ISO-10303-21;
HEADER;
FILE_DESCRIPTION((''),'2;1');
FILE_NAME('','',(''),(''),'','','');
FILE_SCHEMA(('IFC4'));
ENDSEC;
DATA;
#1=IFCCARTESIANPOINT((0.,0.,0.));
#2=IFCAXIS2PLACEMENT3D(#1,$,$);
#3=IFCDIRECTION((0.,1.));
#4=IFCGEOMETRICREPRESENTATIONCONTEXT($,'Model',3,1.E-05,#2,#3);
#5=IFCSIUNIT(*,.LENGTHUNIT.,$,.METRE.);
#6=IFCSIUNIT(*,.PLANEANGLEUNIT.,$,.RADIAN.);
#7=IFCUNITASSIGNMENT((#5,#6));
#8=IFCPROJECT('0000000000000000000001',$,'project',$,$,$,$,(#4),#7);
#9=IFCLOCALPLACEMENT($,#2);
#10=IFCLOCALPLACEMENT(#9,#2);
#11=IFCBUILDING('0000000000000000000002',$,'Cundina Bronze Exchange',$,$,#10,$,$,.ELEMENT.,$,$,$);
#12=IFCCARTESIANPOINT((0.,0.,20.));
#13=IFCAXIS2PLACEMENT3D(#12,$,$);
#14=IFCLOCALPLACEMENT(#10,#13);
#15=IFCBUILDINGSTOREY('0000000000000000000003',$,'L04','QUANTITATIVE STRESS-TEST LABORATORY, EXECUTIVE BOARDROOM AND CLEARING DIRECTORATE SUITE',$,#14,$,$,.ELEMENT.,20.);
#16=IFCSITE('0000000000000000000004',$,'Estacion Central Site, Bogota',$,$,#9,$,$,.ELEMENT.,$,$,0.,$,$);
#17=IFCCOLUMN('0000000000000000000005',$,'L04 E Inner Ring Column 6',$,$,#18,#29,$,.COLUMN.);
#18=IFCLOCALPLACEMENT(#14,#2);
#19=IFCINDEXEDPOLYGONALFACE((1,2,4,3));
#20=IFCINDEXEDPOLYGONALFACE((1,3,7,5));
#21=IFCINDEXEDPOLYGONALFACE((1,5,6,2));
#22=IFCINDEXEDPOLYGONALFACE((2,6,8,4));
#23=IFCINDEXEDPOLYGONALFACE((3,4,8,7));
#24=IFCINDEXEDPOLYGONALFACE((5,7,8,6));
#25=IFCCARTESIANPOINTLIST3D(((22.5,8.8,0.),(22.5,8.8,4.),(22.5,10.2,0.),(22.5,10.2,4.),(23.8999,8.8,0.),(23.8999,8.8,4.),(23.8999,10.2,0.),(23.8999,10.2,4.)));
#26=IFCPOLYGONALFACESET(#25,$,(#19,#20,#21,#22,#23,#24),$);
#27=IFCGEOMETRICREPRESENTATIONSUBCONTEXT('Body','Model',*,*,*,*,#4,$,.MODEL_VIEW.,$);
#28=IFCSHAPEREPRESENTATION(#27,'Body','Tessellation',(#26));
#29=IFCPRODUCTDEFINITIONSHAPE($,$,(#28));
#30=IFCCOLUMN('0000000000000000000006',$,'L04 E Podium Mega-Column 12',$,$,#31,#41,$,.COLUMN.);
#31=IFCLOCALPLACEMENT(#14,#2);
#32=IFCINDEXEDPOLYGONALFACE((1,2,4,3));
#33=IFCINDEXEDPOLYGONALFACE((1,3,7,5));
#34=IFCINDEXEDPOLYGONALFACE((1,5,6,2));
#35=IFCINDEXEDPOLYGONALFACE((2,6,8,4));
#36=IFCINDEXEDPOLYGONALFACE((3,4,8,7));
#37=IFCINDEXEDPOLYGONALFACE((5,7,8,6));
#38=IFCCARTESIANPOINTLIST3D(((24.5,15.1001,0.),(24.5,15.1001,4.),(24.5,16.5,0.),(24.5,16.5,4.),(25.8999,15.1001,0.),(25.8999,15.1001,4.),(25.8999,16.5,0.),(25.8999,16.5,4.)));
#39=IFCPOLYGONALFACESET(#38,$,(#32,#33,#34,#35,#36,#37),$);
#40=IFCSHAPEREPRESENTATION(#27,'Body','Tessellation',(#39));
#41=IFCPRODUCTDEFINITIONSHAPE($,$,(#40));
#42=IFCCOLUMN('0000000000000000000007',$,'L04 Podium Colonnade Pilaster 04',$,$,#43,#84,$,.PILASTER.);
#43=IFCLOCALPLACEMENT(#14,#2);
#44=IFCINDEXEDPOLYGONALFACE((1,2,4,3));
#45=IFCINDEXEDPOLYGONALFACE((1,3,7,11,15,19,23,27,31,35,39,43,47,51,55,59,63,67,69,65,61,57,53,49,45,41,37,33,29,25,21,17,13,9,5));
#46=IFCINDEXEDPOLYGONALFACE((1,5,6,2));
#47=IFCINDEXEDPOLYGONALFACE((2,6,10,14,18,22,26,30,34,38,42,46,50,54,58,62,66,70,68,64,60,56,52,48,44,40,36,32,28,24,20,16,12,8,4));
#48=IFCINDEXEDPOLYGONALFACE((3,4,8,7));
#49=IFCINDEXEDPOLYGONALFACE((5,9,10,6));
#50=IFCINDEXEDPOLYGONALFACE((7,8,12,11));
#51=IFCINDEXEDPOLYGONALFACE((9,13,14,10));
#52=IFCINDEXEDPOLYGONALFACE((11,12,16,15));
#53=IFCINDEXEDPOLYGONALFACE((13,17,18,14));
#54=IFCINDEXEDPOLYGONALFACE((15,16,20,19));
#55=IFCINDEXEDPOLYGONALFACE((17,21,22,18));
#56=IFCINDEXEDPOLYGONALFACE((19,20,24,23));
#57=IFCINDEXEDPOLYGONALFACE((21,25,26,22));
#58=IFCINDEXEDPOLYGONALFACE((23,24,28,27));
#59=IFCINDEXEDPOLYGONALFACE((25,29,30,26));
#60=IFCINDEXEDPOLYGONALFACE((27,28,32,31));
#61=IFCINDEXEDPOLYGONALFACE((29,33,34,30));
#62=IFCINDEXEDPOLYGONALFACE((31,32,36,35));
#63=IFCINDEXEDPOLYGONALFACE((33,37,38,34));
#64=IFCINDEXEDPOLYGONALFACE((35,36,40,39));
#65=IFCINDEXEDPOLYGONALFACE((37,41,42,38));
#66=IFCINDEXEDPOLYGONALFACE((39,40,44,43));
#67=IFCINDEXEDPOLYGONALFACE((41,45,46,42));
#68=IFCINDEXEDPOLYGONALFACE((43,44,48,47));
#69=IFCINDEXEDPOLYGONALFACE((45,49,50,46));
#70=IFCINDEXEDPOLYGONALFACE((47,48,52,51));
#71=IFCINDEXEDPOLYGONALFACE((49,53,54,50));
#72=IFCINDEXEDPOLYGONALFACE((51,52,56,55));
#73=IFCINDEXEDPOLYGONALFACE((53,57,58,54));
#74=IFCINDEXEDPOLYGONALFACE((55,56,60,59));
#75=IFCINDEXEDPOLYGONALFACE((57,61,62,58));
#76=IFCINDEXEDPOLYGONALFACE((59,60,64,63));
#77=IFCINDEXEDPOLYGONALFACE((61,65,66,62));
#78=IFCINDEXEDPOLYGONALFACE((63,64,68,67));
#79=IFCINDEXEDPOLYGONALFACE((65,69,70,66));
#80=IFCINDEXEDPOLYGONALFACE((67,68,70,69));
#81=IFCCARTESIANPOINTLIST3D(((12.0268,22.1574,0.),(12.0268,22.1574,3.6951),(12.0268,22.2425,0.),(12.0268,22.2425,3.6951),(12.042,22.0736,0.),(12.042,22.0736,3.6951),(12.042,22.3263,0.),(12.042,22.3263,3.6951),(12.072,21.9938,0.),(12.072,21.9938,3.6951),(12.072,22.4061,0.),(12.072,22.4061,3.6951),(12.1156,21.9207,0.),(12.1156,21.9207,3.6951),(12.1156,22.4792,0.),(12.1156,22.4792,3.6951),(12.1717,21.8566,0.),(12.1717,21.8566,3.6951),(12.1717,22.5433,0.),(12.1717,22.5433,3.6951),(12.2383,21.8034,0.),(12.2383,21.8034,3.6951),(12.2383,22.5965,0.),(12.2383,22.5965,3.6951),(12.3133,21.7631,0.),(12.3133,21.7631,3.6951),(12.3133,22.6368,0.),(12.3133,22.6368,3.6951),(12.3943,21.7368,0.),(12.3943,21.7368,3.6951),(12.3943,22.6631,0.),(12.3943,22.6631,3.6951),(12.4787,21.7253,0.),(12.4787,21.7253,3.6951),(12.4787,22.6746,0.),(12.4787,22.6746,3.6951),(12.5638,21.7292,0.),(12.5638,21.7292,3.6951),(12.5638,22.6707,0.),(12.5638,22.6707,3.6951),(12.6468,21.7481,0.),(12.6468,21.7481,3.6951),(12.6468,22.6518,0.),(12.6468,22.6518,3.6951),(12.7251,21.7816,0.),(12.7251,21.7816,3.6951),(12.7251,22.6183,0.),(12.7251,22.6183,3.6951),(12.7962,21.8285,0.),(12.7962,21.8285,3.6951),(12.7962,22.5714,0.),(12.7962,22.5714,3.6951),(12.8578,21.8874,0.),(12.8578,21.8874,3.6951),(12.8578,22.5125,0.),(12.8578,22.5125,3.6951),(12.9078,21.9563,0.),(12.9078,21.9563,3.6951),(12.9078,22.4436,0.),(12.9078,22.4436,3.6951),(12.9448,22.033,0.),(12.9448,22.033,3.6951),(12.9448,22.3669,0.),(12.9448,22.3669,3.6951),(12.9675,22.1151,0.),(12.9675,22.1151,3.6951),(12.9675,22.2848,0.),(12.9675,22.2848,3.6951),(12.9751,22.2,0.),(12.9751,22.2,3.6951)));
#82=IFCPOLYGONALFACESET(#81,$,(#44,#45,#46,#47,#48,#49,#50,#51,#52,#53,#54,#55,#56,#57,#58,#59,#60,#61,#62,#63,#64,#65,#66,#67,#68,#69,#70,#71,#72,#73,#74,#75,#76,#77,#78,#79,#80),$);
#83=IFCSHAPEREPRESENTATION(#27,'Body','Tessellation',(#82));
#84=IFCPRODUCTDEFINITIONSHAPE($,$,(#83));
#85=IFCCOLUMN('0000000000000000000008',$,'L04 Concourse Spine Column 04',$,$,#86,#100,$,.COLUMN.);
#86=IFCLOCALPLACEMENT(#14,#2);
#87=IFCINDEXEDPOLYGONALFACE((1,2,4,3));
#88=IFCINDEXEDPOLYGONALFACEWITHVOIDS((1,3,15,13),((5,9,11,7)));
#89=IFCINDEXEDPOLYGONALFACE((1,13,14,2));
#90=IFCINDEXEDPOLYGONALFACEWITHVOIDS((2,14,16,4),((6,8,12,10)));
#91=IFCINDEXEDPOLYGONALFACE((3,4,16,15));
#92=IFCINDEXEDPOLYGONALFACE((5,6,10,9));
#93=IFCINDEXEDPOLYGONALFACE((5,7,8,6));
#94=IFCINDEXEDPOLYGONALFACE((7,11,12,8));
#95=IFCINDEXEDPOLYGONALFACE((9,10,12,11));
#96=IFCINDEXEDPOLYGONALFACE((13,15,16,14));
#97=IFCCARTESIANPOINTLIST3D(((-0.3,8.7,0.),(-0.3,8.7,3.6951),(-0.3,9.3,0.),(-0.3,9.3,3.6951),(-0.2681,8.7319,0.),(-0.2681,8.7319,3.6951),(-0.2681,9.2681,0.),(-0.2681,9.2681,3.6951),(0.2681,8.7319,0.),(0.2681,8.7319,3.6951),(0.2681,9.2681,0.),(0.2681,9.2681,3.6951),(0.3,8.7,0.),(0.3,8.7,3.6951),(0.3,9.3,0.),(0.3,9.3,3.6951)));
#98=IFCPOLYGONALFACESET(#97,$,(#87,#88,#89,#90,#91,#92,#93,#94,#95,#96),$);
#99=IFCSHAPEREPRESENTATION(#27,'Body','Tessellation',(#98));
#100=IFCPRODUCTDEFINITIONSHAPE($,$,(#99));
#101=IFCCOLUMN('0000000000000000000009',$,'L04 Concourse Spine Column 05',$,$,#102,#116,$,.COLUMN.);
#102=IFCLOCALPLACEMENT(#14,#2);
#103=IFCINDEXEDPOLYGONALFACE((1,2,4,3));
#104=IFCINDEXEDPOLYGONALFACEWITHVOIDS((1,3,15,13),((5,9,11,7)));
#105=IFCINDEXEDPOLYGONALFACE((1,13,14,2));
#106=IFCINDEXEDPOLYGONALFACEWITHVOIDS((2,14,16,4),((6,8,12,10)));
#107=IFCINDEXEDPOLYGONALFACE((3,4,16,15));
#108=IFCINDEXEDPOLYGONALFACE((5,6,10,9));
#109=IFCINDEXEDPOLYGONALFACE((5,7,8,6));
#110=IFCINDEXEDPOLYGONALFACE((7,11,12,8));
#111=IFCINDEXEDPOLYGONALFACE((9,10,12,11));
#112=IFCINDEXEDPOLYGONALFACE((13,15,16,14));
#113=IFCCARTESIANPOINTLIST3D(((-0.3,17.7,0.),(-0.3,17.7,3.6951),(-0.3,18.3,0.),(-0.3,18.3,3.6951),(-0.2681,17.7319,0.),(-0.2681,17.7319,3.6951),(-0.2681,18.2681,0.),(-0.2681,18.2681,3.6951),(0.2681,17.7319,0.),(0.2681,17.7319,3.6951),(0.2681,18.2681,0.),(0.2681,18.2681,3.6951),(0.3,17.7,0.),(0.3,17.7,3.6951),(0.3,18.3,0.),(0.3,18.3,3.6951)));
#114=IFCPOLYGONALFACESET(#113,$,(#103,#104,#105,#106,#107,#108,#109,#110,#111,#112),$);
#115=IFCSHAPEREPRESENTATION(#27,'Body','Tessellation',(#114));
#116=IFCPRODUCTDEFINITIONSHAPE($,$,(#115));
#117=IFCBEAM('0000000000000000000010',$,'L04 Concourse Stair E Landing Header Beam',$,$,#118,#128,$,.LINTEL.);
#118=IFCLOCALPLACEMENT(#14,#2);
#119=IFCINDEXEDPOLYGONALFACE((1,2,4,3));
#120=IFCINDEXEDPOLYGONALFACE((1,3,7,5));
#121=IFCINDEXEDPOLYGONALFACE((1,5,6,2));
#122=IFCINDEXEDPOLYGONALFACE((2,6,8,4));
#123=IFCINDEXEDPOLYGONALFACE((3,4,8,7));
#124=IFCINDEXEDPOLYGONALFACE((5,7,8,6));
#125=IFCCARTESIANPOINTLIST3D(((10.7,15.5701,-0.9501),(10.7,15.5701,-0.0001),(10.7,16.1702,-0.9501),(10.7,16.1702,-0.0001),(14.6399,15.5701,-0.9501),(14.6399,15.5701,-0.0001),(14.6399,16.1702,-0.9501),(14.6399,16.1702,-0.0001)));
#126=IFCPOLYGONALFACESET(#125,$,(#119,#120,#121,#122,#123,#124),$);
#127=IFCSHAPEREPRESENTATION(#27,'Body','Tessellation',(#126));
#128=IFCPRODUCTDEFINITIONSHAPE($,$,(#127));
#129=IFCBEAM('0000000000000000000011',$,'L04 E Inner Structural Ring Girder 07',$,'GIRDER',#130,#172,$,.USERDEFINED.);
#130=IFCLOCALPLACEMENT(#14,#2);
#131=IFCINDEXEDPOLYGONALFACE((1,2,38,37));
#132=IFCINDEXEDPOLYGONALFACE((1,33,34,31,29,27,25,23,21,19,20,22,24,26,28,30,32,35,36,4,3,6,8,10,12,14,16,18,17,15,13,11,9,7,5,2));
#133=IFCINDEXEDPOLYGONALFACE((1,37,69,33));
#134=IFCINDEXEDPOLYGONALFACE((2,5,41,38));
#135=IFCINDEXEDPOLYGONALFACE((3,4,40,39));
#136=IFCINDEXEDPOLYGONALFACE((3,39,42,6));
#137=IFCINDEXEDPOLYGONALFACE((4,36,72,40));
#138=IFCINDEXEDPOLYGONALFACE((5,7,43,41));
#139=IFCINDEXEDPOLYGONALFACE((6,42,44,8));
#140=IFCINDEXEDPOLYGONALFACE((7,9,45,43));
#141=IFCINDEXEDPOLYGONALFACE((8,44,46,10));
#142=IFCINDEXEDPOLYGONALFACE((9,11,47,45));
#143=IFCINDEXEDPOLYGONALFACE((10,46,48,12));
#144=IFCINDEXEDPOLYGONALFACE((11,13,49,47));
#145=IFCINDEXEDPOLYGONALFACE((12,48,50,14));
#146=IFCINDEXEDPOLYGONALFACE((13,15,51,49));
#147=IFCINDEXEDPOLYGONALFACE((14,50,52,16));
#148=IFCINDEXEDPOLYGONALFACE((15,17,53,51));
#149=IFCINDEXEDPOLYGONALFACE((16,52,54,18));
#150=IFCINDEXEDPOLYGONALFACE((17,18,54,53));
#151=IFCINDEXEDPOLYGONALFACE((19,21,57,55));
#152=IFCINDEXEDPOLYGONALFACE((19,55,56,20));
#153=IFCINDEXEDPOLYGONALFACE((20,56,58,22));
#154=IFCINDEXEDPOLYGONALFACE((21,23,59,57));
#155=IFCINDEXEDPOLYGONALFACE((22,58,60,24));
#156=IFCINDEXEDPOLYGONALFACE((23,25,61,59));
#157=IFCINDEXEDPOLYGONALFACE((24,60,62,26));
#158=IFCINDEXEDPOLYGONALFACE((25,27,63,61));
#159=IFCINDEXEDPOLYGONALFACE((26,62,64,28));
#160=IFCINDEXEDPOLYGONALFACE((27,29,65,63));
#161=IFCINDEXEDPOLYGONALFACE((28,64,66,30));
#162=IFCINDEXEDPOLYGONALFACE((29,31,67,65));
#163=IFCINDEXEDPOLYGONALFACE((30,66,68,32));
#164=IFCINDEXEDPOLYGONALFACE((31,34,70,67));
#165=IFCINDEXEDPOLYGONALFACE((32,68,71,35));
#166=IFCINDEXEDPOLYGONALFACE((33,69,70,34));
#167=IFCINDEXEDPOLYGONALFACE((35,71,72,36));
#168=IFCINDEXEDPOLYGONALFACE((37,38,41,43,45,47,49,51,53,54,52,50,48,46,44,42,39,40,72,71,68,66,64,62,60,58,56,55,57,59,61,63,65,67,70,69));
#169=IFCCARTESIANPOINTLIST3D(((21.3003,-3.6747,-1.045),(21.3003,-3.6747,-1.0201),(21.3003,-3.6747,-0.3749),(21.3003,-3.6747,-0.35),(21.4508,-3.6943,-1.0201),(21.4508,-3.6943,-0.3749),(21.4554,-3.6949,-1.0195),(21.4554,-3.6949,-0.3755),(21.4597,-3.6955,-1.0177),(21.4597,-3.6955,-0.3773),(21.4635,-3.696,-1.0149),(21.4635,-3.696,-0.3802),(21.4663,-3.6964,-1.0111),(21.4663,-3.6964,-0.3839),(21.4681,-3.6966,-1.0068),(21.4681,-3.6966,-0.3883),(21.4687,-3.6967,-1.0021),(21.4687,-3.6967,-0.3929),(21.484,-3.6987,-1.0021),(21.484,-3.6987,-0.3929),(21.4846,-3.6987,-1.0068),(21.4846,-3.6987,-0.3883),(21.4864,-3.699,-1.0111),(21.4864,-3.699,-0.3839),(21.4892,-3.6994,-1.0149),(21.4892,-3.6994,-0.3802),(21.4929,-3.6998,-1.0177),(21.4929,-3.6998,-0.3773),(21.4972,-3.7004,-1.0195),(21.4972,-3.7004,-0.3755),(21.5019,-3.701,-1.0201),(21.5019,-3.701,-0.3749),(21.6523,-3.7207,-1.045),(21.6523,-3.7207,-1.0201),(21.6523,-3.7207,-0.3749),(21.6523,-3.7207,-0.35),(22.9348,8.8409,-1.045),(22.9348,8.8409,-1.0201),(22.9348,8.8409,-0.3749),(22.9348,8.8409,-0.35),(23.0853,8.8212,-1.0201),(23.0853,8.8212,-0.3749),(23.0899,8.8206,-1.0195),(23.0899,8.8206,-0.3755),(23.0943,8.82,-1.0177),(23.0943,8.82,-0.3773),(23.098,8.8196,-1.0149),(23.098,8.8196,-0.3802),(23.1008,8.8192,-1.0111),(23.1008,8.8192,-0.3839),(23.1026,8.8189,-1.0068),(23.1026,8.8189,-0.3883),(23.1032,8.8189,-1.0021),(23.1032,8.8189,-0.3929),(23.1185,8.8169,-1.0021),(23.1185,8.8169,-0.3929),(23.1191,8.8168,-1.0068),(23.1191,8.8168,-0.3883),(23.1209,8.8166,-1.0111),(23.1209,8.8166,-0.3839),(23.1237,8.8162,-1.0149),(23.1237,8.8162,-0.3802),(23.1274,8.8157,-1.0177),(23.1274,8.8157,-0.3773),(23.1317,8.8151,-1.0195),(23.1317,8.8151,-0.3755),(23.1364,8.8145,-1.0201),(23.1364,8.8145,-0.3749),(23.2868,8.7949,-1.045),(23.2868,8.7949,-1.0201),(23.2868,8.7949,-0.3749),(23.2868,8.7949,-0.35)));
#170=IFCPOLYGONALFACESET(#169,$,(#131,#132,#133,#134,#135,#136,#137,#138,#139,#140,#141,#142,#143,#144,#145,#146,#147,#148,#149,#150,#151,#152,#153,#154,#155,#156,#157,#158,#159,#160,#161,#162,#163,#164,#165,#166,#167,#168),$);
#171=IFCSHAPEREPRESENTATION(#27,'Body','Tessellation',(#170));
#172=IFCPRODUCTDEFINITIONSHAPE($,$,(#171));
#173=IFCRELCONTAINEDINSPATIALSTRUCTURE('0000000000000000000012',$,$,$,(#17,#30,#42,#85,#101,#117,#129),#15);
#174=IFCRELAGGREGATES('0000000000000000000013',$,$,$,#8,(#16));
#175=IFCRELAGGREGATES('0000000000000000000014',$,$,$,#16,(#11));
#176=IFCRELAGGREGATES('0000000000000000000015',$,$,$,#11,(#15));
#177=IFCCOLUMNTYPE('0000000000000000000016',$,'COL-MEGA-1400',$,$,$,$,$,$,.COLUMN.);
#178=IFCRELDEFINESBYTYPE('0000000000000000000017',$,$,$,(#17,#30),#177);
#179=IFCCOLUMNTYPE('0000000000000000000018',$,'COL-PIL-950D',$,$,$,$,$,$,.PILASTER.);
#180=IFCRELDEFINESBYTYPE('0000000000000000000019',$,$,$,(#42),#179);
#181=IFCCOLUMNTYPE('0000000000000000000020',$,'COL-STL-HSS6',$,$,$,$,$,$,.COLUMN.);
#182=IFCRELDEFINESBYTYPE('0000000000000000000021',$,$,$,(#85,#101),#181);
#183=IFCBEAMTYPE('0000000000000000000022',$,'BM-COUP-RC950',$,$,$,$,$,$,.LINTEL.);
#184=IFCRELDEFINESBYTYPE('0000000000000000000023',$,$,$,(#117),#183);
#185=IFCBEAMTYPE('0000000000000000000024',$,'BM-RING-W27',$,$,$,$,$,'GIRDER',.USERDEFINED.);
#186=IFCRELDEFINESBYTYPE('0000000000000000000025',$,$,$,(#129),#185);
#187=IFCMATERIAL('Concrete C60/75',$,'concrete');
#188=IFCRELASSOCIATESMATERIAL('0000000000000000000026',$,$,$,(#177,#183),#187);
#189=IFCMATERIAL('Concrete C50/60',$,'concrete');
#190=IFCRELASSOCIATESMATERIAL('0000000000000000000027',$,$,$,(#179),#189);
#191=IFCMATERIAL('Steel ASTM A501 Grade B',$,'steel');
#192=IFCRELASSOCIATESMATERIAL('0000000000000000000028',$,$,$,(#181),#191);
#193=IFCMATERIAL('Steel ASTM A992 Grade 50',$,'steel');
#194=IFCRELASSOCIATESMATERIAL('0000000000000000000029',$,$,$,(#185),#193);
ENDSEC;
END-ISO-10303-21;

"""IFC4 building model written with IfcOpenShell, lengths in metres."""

from ifc_helpers import new_model, si_unit, direction, frame, origin, origin_2d, place, context, subcontext, project, spatial, rectangle, hollow_rectangle, circle, i_section, extrude, material, material_profile, profile_set, type_object, element, save


model = new_model("IFC4")

# Units and contexts
model_context = context("Model", 3, precision=1e-05, world=origin(), true_north=direction((0.0, 1.0)))
body_context = subcontext(model_context, "Body", "Model", "MODEL_VIEW")
ifc_project = project(units=[si_unit("LENGTHUNIT", "METRE"), si_unit("PLANEANGLEUNIT", "RADIAN")], contexts=[model_context])

# Site, building, storey
site_placement = place(None, origin())
site = spatial("IfcSite", under=ifc_project, at=site_placement, Name="Estacion Central Site, Bogota", CompositionType="ELEMENT", RefElevation=0.0)
building_placement = place(site_placement, origin())
building = spatial("IfcBuilding", under=site, at=building_placement, Name="Cundina Bronze Exchange", CompositionType="ELEMENT")
storey_placement = place(building_placement, frame((0.0, 0.0, 20.0)))
storey = spatial("IfcBuildingStorey", under=building, at=storey_placement, Name="L04", Description="QUANTITATIVE STRESS-TEST LABORATORY, EXECUTIVE BOARDROOM AND CLEARING DIRECTORATE SUITE", CompositionType="ELEMENT", Elevation=20.0)

# Columns
ifc_material_1 = material(Name="Concrete C60/75", Category="concrete")
ifc_material_profile_1 = material_profile(ifc_material_1, rectangle(XDim=1.3999, YDim=1.3999, at=origin_2d()), Name="RC1400X1400", Category="concrete")
ifc_profile_set_1 = profile_set([ifc_material_profile_1], Name="Concrete C60/75")
column_type_1 = type_object("IfcColumnType", Name="COL-MEGA-1400", PredefinedType="COLUMN", material=ifc_profile_set_1)
for number, where, z_axis, x_axis, name in (
    (1, (23.2, 9.5, 0.0), (0.0, 0.0, 1.0), (1.0, 0.0, 0.0), "L04 E Inner Ring Column 6"),
    (2, (25.2, 15.8, 0.0), (0.0, 0.0, 1.0), (1.0, 0.0, 0.0), "L04 E Podium Mega-Column 12"),
):
    element("IfcColumn", number, at=place(storey_placement, frame(where, z_axis=z_axis, x_axis=x_axis)), inside=storey, type_object=column_type_1, Name=name, PredefinedType="COLUMN", context=body_context, shape_type="SweptSolid", body=[
        extrude(rectangle(XDim=1.3999, YDim=1.3999, at=origin_2d()), origin(), (0.0, 0.0, 1.0), 4.0),
    ])
ifc_material_2 = material(Name="Concrete C50/60", Category="concrete")
ifc_material_profile_2 = material_profile(ifc_material_2, circle(Radius=0.4751, at=origin_2d()), Name="RC950D", Category="concrete")
ifc_profile_set_2 = profile_set([ifc_material_profile_2], Name="Concrete C50/60")
column_type_2 = type_object("IfcColumnType", Name="COL-PIL-950D", PredefinedType="PILASTER", material=ifc_profile_set_2)
column_placement = place(storey_placement, frame((12.5, 22.2, 0.0), z_axis=(0.0, 0.0, 1.0), x_axis=(1.0, 0.0, 0.0)))
element("IfcColumn", 3, at=column_placement, inside=storey, type_object=column_type_2, Name="L04 Podium Colonnade Pilaster 04", PredefinedType="PILASTER", context=body_context, shape_type="SweptSolid", body=[
    extrude(circle(Radius=0.4751, at=origin_2d()), origin(), (0.0, 0.0, 1.0), 3.6951),
])
ifc_material_3 = material(Name="Steel ASTM A501 Grade B", Category="steel")
ifc_material_profile_3 = material_profile(ifc_material_3, hollow_rectangle(XDim=0.6001, YDim=0.6001, WallThickness=0.032, at=origin_2d()), Name="HSS600X600X32", Category="steel")
ifc_profile_set_3 = profile_set([ifc_material_profile_3], Name="Steel ASTM A501 Grade B")
column_type_3 = type_object("IfcColumnType", Name="COL-STL-HSS6", PredefinedType="COLUMN", material=ifc_profile_set_3)
for number, where, z_axis, x_axis, name in (
    (4, (0.0, 9.0, 0.0), (0.0, 0.0, 1.0), (1.0, 0.0, 0.0), "L04 Concourse Spine Column 04"),
    (5, (0.0, 18.0, 0.0), (0.0, 0.0, 1.0), (1.0, 0.0, 0.0), "L04 Concourse Spine Column 05"),
):
    element("IfcColumn", number, at=place(storey_placement, frame(where, z_axis=z_axis, x_axis=x_axis)), inside=storey, type_object=column_type_3, Name=name, PredefinedType="COLUMN", context=body_context, shape_type="SweptSolid", body=[
        extrude(hollow_rectangle(XDim=0.6001, YDim=0.6001, WallThickness=0.032, at=origin_2d()), origin(), (0.0, 0.0, 1.0), 3.6951),
    ])

# Beams
ifc_material_profile_4 = material_profile(ifc_material_1, rectangle(XDim=0.6001, YDim=0.95, at=origin_2d()), Name="RC600X950", Category="concrete")
ifc_profile_set_4 = profile_set([ifc_material_profile_4], Name="Concrete C60/75")
beam_type_1 = type_object("IfcBeamType", Name="BM-COUP-RC950", PredefinedType="LINTEL", material=ifc_profile_set_4)
beam_1_placement = place(storey_placement, frame((10.7, 15.8701, -0.4751), z_axis=(1.0, 0.0, 0.0), x_axis=(0.0, 1.0, 0.0)))
element("IfcBeam", 6, at=beam_1_placement, inside=storey, type_object=beam_type_1, Name="L04 Concourse Stair E Landing Header Beam", PredefinedType="LINTEL", context=body_context, shape_type="SweptSolid", body=[
    extrude(rectangle(XDim=0.6001, YDim=0.95, at=origin_2d()), origin(), (0.0, 0.0, 1.0), 3.9399),
])
ifc_material_4 = material(Name="Steel ASTM A992 Grade 50", Category="steel")
ifc_material_profile_5 = material_profile(ifc_material_4, i_section(OverallWidth=0.355, OverallDepth=0.6951, WebThickness=0.0154, FlangeThickness=0.0249, FilletRadius=0.0181, at=origin_2d()), Name="W27X146", Category="steel")
ifc_profile_set_5 = profile_set([ifc_material_profile_5], Name="Steel ASTM A992 Grade 50")
beam_type_2 = type_object("IfcBeamType", Name="BM-RING-W27", ElementType="GIRDER", PredefinedType="USERDEFINED", material=ifc_profile_set_5)
beam_2_placement = place(storey_placement, frame((23.1108, 8.8179, -0.6975), z_axis=(-0.129499, -0.99158, 0.0), x_axis=(0.99158, -0.129499, 0.0)))
element("IfcBeam", 7, at=beam_2_placement, inside=storey, type_object=beam_type_2, Name="L04 E Inner Structural Ring Girder 07", ObjectType="GIRDER", PredefinedType="USERDEFINED", context=body_context, shape_type="SweptSolid", body=[
    extrude(i_section(OverallWidth=0.355, OverallDepth=0.6951, WebThickness=0.0154, FlangeThickness=0.0249, FilletRadius=0.0181, at=origin_2d()), origin(), (0.0, 0.0, 1.0), 12.6218),
])

save(model, "model.ifc")
